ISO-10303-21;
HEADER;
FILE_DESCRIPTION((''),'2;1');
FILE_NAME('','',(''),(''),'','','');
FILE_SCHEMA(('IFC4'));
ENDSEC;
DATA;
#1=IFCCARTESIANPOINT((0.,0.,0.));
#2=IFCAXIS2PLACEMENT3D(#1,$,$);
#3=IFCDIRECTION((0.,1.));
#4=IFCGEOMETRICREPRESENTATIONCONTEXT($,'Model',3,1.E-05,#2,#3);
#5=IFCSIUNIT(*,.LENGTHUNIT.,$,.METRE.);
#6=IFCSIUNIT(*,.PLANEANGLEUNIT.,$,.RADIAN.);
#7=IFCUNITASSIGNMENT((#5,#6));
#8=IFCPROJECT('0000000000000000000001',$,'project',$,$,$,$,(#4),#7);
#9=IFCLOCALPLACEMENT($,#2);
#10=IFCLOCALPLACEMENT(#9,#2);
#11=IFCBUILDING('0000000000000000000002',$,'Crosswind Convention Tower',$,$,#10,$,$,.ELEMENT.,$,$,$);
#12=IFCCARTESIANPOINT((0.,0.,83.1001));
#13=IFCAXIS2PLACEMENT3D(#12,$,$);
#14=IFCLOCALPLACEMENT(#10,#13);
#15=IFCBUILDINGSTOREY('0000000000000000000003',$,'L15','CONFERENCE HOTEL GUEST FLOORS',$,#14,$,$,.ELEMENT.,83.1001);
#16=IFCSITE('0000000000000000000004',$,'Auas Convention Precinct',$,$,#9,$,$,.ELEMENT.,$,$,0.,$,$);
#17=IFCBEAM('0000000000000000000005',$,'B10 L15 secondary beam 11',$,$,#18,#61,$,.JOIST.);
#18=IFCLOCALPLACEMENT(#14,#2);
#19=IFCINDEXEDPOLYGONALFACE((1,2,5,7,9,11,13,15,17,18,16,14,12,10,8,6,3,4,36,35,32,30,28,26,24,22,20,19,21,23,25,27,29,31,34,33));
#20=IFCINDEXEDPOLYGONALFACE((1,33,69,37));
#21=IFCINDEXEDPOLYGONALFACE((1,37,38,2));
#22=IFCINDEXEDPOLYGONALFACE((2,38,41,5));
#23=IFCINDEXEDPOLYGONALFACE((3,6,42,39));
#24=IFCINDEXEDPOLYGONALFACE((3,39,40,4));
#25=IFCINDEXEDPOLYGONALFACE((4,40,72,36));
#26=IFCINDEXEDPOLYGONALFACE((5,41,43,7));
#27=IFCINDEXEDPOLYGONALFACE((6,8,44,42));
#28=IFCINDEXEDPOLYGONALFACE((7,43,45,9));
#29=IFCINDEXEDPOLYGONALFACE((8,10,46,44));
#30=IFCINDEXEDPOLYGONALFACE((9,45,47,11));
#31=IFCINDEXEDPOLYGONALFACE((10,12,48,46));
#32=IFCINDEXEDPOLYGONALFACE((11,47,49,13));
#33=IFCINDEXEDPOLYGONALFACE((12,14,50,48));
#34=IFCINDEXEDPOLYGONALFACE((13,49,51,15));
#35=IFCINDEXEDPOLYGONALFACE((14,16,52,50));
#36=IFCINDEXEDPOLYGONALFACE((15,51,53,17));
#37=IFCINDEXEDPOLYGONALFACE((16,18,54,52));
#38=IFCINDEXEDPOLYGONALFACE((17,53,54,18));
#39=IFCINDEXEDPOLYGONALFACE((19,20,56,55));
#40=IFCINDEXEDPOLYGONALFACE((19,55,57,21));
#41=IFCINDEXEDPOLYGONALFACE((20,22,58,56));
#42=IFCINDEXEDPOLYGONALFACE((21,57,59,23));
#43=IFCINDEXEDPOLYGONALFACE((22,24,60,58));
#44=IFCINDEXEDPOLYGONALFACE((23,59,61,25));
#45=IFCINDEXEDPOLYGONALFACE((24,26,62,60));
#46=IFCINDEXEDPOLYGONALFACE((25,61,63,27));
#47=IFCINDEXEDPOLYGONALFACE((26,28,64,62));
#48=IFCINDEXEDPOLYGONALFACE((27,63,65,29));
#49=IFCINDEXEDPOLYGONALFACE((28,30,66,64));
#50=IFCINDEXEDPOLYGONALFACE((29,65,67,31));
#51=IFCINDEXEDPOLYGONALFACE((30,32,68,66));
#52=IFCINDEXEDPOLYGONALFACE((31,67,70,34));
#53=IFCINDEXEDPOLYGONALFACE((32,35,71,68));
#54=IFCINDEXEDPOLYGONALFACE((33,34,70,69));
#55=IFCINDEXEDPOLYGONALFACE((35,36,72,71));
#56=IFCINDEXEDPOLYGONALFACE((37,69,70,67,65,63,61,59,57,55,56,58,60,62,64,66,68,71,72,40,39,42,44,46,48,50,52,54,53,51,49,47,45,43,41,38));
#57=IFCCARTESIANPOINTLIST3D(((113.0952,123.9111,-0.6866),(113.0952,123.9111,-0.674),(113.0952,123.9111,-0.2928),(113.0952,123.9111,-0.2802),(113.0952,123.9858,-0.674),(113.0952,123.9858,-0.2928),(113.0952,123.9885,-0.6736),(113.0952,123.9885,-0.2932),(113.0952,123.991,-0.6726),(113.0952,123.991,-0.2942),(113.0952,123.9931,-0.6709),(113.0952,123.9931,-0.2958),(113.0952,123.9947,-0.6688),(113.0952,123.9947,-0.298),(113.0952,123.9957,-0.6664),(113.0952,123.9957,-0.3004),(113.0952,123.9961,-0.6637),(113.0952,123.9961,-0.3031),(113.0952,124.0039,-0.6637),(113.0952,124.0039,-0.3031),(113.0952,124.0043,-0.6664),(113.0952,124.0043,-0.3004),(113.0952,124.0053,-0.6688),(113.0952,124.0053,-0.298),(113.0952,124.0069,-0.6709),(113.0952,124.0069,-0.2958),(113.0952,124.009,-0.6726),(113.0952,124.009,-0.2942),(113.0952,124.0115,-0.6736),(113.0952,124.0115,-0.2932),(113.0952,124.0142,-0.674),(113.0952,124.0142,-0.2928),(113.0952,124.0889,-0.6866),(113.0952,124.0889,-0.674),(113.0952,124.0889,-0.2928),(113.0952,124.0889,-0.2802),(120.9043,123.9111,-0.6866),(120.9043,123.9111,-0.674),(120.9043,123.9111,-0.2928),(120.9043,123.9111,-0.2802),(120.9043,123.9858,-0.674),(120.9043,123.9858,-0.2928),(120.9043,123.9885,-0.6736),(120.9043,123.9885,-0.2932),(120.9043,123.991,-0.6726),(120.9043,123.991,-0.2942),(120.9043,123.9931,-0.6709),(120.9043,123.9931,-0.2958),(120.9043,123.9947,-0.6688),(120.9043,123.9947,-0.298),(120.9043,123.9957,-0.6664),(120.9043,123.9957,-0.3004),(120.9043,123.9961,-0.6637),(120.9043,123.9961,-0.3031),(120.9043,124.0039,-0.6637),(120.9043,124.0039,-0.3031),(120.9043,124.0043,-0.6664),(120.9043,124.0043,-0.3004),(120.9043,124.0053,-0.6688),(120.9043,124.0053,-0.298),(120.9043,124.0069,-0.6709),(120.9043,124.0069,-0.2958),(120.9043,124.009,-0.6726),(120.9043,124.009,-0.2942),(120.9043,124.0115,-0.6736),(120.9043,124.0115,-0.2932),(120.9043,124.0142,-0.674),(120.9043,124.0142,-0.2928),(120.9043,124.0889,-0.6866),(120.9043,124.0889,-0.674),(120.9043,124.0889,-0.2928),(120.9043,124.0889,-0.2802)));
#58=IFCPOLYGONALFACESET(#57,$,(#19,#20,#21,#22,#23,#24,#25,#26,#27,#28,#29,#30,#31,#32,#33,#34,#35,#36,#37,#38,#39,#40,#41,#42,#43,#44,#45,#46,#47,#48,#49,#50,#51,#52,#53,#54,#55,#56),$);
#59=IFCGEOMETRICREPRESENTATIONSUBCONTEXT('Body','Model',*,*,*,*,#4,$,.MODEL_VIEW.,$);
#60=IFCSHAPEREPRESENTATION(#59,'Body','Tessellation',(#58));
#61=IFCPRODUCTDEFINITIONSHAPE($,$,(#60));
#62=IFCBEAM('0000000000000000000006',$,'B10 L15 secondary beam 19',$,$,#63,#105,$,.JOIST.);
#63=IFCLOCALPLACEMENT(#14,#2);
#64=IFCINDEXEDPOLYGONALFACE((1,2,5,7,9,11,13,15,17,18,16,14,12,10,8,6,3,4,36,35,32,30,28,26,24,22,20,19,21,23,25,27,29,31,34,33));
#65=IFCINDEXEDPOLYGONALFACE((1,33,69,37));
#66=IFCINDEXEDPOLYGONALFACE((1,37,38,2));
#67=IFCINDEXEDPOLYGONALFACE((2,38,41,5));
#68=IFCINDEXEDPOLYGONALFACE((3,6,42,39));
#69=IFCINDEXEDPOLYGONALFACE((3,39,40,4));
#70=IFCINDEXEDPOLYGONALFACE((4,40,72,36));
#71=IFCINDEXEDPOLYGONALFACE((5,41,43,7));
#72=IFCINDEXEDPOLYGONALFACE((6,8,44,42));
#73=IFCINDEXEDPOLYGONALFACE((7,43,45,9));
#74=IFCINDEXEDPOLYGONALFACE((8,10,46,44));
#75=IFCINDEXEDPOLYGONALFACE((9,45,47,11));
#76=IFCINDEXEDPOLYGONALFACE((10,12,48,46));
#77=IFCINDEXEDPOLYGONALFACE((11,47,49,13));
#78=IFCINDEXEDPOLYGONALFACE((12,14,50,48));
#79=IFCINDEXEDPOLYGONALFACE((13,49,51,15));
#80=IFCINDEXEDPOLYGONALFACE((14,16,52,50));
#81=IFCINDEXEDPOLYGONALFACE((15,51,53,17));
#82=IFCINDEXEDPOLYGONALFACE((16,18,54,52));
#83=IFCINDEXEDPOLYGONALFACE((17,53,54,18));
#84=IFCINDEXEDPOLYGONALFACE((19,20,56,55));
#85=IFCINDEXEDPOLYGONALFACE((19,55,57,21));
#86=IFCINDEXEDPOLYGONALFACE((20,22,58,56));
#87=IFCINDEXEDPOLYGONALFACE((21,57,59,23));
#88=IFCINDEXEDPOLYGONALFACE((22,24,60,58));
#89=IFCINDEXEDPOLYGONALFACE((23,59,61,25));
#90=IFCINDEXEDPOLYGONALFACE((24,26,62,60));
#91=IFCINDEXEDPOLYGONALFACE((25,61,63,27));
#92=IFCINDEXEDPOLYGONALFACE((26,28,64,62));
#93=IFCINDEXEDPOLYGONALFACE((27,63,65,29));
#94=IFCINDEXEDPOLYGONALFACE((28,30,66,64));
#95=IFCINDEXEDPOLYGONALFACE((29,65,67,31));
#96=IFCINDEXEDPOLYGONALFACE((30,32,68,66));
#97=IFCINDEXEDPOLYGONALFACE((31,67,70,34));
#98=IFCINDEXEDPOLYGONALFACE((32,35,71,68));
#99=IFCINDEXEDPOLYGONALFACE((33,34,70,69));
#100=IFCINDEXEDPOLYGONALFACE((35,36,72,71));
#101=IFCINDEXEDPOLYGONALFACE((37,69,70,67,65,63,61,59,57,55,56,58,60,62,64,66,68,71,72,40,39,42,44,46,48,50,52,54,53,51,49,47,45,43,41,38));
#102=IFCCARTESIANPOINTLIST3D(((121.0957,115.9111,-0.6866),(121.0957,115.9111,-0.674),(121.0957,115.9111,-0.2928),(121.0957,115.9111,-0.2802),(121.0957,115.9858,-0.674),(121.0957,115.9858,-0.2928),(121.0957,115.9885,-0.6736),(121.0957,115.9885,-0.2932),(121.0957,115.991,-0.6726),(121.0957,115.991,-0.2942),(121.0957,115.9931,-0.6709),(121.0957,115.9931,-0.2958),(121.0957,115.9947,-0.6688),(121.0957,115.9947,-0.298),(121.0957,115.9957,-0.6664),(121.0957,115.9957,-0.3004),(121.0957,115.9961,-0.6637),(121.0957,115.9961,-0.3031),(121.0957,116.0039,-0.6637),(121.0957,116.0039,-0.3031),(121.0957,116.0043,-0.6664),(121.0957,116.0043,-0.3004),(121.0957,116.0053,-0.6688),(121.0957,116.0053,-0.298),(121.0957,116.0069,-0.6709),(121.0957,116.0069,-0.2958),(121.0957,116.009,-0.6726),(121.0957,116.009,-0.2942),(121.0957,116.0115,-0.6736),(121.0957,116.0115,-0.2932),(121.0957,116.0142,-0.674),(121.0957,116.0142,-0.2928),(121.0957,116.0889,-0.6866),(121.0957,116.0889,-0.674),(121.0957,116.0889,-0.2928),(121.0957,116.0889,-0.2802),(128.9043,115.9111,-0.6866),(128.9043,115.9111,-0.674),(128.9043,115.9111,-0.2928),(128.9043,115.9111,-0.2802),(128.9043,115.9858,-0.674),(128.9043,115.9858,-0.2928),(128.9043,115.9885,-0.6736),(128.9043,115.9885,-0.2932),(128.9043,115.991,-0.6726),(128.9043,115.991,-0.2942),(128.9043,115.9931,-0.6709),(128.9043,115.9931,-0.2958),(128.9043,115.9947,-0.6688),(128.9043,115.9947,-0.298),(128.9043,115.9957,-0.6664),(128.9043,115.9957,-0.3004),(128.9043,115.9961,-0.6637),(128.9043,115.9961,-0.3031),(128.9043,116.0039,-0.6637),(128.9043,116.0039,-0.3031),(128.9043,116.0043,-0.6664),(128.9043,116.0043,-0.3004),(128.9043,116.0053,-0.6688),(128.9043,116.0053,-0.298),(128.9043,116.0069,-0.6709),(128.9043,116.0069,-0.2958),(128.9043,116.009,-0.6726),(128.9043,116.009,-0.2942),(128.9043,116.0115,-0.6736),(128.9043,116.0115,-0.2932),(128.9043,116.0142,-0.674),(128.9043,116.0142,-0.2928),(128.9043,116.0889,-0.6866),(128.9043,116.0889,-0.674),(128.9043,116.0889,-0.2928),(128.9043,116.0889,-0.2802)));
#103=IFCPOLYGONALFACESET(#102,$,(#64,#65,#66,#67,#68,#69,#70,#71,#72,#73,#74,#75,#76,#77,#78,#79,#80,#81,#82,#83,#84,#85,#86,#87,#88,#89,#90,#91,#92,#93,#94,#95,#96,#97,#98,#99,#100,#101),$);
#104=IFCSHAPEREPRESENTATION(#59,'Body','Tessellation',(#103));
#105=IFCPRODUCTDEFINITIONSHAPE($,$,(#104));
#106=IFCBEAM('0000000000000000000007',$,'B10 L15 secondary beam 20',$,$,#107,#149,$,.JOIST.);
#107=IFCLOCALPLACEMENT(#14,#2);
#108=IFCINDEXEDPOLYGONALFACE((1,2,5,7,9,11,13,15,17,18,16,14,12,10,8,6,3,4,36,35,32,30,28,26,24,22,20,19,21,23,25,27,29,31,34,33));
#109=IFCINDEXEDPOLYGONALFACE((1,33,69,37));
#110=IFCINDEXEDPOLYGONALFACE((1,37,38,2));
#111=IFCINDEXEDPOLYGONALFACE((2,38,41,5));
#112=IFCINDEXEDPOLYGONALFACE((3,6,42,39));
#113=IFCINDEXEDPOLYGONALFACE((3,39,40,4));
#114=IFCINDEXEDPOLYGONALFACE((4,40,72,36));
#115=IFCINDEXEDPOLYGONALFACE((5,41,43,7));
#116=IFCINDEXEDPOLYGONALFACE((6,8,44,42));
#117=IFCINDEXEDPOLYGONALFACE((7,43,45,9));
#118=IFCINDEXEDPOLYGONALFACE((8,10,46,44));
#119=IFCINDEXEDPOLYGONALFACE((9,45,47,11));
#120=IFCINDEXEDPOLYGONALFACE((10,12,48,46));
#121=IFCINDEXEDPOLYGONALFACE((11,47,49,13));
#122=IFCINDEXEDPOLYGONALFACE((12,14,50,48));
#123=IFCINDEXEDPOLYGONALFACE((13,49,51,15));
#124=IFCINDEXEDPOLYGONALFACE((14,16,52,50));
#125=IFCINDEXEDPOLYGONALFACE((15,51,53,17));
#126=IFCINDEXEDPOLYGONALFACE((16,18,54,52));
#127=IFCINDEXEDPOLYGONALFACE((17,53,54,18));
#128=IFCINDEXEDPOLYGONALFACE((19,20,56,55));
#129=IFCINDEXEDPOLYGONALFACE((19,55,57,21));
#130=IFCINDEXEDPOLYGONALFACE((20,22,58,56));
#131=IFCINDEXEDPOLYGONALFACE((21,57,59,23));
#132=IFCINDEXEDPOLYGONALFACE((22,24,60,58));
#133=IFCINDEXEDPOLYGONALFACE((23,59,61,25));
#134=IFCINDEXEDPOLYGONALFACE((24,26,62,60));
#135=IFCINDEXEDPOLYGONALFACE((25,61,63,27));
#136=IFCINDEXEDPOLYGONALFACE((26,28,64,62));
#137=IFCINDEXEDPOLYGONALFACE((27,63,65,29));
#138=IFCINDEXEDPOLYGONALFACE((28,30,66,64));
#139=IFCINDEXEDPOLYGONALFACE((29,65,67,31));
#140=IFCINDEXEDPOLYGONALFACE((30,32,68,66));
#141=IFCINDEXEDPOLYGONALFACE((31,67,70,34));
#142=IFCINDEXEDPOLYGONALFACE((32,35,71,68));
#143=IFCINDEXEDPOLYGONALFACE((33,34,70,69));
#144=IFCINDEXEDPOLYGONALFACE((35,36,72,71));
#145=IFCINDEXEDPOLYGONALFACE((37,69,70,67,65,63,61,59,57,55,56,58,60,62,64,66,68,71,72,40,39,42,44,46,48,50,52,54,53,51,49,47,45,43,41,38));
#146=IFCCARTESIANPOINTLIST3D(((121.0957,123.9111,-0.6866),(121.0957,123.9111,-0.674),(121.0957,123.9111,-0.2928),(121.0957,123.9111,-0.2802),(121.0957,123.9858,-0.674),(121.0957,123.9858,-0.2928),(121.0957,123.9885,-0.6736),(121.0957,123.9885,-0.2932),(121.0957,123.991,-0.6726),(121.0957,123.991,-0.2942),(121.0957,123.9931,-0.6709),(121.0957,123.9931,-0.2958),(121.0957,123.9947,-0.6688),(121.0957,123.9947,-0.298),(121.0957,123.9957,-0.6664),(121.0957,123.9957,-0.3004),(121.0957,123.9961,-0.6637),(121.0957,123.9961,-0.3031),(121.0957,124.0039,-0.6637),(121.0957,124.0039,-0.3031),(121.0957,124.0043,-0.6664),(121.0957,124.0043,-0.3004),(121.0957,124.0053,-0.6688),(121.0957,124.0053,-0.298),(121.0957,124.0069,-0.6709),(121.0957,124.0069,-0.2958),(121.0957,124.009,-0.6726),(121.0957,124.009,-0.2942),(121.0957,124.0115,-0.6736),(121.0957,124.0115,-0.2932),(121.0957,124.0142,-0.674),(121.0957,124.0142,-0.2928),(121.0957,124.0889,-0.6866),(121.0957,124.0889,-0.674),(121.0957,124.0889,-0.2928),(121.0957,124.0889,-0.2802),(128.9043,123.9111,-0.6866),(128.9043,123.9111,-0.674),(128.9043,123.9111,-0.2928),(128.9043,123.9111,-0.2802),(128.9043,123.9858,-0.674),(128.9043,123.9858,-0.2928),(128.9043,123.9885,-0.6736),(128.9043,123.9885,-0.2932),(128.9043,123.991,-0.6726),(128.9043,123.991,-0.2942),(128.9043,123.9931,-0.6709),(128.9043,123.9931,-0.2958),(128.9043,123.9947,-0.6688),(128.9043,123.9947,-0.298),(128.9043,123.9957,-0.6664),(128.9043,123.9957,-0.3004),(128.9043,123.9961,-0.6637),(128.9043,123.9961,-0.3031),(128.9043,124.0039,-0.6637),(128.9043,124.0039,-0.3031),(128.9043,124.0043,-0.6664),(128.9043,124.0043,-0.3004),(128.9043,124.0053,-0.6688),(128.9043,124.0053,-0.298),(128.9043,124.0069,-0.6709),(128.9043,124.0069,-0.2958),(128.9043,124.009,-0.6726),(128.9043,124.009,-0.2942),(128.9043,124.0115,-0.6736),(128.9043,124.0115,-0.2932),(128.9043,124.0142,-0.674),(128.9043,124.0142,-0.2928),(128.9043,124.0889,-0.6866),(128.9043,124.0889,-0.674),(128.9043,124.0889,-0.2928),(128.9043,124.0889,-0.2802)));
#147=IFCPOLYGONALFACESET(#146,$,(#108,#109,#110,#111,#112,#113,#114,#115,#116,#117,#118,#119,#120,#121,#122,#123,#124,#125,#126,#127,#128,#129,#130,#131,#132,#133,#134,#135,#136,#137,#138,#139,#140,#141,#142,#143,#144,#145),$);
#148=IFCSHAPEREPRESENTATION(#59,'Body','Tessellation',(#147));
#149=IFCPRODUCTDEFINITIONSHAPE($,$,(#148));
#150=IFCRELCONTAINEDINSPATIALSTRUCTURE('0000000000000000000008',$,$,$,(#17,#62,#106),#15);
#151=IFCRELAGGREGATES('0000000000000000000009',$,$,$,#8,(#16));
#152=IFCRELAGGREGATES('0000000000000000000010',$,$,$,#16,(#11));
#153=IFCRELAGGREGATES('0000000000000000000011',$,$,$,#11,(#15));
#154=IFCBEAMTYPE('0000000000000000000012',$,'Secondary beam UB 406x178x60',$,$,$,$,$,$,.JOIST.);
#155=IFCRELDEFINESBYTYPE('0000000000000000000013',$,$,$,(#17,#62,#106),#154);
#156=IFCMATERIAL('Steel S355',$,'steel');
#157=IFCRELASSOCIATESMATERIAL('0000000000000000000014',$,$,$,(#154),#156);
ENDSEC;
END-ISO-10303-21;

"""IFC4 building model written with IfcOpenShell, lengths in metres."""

from ifc_helpers import new_model, si_unit, direction, frame, origin, origin_2d, place, context, subcontext, project, spatial, i_section, extrude, material, material_profile, profile_set, type_object, element, save


model = new_model("IFC4")

# Units and contexts
model_context = context("Model", 3, precision=1e-05, world=origin(), true_north=direction((0.0, 1.0)))
body_context = subcontext(model_context, "Body", "Model", "MODEL_VIEW")
ifc_project = project(units=[si_unit("LENGTHUNIT", "METRE"), si_unit("PLANEANGLEUNIT", "RADIAN")], contexts=[model_context])

# Site, building, storey
site_placement = place(None, origin())
site = spatial("IfcSite", under=ifc_project, at=site_placement, Name="Auas Convention Precinct", CompositionType="ELEMENT", RefElevation=0.0)
building_placement = place(site_placement, origin())
building = spatial("IfcBuilding", under=site, at=building_placement, Name="Crosswind Convention Tower", CompositionType="ELEMENT")
storey_placement = place(building_placement, frame((0.0, 0.0, 83.1001)))
storey = spatial("IfcBuildingStorey", under=building, at=storey_placement, Name="L15", Description="CONFERENCE HOTEL GUEST FLOORS", CompositionType="ELEMENT", Elevation=83.1001)

# Beams
ifc_material_1 = material(Name="Steel S355", Category="steel")
ifc_material_profile_1 = material_profile(ifc_material_1, i_section(OverallWidth=0.1777, OverallDepth=0.4065, WebThickness=0.0078, FlangeThickness=0.0127, FilletRadius=0.0103, at=origin_2d()), Name="UB 406x178x60")
ifc_profile_set_1 = profile_set([ifc_material_profile_1], Name="Steel S355")
beam_type_1 = type_object("IfcBeamType", Name="Secondary beam UB 406x178x60", PredefinedType="JOIST", material=ifc_profile_set_1)
beam_1_placement = place(storey_placement, frame((113.0952, 124.0, -0.4834), z_axis=(1.0, 0.0, 0.0), x_axis=(0.0, 1.0, 0.0)))
element("IfcBeam", 1, at=beam_1_placement, inside=storey, type_object=beam_type_1, Name="B10 L15 secondary beam 11", PredefinedType="JOIST", context=body_context, shape_type="SweptSolid", body=[
    extrude(i_section(OverallWidth=0.1777, OverallDepth=0.4065, WebThickness=0.0078, FlangeThickness=0.0127, FilletRadius=0.0103, at=origin_2d()), origin(), (0.0, 0.0, 1.0), 7.8091),
])
for number, where, z_axis, x_axis, name in (
    (2, (121.0957, 116.0, -0.4834), (1.0, 0.0, 0.0), (0.0, 1.0, 0.0), "B10 L15 secondary beam 19"),
    (3, (121.0957, 124.0, -0.4834), (1.0, 0.0, 0.0), (0.0, 1.0, 0.0), "B10 L15 secondary beam 20"),
):
    element("IfcBeam", number, at=place(storey_placement, frame(where, z_axis=z_axis, x_axis=x_axis)), inside=storey, type_object=beam_type_1, Name=name, PredefinedType="JOIST", context=body_context, shape_type="SweptSolid", body=[
        extrude(i_section(OverallWidth=0.1777, OverallDepth=0.4065, WebThickness=0.0078, FlangeThickness=0.0127, FilletRadius=0.0103, at=origin_2d()), origin(), (0.0, 0.0, 1.0), 7.8086),
    ])

save(model, "model.ifc")
